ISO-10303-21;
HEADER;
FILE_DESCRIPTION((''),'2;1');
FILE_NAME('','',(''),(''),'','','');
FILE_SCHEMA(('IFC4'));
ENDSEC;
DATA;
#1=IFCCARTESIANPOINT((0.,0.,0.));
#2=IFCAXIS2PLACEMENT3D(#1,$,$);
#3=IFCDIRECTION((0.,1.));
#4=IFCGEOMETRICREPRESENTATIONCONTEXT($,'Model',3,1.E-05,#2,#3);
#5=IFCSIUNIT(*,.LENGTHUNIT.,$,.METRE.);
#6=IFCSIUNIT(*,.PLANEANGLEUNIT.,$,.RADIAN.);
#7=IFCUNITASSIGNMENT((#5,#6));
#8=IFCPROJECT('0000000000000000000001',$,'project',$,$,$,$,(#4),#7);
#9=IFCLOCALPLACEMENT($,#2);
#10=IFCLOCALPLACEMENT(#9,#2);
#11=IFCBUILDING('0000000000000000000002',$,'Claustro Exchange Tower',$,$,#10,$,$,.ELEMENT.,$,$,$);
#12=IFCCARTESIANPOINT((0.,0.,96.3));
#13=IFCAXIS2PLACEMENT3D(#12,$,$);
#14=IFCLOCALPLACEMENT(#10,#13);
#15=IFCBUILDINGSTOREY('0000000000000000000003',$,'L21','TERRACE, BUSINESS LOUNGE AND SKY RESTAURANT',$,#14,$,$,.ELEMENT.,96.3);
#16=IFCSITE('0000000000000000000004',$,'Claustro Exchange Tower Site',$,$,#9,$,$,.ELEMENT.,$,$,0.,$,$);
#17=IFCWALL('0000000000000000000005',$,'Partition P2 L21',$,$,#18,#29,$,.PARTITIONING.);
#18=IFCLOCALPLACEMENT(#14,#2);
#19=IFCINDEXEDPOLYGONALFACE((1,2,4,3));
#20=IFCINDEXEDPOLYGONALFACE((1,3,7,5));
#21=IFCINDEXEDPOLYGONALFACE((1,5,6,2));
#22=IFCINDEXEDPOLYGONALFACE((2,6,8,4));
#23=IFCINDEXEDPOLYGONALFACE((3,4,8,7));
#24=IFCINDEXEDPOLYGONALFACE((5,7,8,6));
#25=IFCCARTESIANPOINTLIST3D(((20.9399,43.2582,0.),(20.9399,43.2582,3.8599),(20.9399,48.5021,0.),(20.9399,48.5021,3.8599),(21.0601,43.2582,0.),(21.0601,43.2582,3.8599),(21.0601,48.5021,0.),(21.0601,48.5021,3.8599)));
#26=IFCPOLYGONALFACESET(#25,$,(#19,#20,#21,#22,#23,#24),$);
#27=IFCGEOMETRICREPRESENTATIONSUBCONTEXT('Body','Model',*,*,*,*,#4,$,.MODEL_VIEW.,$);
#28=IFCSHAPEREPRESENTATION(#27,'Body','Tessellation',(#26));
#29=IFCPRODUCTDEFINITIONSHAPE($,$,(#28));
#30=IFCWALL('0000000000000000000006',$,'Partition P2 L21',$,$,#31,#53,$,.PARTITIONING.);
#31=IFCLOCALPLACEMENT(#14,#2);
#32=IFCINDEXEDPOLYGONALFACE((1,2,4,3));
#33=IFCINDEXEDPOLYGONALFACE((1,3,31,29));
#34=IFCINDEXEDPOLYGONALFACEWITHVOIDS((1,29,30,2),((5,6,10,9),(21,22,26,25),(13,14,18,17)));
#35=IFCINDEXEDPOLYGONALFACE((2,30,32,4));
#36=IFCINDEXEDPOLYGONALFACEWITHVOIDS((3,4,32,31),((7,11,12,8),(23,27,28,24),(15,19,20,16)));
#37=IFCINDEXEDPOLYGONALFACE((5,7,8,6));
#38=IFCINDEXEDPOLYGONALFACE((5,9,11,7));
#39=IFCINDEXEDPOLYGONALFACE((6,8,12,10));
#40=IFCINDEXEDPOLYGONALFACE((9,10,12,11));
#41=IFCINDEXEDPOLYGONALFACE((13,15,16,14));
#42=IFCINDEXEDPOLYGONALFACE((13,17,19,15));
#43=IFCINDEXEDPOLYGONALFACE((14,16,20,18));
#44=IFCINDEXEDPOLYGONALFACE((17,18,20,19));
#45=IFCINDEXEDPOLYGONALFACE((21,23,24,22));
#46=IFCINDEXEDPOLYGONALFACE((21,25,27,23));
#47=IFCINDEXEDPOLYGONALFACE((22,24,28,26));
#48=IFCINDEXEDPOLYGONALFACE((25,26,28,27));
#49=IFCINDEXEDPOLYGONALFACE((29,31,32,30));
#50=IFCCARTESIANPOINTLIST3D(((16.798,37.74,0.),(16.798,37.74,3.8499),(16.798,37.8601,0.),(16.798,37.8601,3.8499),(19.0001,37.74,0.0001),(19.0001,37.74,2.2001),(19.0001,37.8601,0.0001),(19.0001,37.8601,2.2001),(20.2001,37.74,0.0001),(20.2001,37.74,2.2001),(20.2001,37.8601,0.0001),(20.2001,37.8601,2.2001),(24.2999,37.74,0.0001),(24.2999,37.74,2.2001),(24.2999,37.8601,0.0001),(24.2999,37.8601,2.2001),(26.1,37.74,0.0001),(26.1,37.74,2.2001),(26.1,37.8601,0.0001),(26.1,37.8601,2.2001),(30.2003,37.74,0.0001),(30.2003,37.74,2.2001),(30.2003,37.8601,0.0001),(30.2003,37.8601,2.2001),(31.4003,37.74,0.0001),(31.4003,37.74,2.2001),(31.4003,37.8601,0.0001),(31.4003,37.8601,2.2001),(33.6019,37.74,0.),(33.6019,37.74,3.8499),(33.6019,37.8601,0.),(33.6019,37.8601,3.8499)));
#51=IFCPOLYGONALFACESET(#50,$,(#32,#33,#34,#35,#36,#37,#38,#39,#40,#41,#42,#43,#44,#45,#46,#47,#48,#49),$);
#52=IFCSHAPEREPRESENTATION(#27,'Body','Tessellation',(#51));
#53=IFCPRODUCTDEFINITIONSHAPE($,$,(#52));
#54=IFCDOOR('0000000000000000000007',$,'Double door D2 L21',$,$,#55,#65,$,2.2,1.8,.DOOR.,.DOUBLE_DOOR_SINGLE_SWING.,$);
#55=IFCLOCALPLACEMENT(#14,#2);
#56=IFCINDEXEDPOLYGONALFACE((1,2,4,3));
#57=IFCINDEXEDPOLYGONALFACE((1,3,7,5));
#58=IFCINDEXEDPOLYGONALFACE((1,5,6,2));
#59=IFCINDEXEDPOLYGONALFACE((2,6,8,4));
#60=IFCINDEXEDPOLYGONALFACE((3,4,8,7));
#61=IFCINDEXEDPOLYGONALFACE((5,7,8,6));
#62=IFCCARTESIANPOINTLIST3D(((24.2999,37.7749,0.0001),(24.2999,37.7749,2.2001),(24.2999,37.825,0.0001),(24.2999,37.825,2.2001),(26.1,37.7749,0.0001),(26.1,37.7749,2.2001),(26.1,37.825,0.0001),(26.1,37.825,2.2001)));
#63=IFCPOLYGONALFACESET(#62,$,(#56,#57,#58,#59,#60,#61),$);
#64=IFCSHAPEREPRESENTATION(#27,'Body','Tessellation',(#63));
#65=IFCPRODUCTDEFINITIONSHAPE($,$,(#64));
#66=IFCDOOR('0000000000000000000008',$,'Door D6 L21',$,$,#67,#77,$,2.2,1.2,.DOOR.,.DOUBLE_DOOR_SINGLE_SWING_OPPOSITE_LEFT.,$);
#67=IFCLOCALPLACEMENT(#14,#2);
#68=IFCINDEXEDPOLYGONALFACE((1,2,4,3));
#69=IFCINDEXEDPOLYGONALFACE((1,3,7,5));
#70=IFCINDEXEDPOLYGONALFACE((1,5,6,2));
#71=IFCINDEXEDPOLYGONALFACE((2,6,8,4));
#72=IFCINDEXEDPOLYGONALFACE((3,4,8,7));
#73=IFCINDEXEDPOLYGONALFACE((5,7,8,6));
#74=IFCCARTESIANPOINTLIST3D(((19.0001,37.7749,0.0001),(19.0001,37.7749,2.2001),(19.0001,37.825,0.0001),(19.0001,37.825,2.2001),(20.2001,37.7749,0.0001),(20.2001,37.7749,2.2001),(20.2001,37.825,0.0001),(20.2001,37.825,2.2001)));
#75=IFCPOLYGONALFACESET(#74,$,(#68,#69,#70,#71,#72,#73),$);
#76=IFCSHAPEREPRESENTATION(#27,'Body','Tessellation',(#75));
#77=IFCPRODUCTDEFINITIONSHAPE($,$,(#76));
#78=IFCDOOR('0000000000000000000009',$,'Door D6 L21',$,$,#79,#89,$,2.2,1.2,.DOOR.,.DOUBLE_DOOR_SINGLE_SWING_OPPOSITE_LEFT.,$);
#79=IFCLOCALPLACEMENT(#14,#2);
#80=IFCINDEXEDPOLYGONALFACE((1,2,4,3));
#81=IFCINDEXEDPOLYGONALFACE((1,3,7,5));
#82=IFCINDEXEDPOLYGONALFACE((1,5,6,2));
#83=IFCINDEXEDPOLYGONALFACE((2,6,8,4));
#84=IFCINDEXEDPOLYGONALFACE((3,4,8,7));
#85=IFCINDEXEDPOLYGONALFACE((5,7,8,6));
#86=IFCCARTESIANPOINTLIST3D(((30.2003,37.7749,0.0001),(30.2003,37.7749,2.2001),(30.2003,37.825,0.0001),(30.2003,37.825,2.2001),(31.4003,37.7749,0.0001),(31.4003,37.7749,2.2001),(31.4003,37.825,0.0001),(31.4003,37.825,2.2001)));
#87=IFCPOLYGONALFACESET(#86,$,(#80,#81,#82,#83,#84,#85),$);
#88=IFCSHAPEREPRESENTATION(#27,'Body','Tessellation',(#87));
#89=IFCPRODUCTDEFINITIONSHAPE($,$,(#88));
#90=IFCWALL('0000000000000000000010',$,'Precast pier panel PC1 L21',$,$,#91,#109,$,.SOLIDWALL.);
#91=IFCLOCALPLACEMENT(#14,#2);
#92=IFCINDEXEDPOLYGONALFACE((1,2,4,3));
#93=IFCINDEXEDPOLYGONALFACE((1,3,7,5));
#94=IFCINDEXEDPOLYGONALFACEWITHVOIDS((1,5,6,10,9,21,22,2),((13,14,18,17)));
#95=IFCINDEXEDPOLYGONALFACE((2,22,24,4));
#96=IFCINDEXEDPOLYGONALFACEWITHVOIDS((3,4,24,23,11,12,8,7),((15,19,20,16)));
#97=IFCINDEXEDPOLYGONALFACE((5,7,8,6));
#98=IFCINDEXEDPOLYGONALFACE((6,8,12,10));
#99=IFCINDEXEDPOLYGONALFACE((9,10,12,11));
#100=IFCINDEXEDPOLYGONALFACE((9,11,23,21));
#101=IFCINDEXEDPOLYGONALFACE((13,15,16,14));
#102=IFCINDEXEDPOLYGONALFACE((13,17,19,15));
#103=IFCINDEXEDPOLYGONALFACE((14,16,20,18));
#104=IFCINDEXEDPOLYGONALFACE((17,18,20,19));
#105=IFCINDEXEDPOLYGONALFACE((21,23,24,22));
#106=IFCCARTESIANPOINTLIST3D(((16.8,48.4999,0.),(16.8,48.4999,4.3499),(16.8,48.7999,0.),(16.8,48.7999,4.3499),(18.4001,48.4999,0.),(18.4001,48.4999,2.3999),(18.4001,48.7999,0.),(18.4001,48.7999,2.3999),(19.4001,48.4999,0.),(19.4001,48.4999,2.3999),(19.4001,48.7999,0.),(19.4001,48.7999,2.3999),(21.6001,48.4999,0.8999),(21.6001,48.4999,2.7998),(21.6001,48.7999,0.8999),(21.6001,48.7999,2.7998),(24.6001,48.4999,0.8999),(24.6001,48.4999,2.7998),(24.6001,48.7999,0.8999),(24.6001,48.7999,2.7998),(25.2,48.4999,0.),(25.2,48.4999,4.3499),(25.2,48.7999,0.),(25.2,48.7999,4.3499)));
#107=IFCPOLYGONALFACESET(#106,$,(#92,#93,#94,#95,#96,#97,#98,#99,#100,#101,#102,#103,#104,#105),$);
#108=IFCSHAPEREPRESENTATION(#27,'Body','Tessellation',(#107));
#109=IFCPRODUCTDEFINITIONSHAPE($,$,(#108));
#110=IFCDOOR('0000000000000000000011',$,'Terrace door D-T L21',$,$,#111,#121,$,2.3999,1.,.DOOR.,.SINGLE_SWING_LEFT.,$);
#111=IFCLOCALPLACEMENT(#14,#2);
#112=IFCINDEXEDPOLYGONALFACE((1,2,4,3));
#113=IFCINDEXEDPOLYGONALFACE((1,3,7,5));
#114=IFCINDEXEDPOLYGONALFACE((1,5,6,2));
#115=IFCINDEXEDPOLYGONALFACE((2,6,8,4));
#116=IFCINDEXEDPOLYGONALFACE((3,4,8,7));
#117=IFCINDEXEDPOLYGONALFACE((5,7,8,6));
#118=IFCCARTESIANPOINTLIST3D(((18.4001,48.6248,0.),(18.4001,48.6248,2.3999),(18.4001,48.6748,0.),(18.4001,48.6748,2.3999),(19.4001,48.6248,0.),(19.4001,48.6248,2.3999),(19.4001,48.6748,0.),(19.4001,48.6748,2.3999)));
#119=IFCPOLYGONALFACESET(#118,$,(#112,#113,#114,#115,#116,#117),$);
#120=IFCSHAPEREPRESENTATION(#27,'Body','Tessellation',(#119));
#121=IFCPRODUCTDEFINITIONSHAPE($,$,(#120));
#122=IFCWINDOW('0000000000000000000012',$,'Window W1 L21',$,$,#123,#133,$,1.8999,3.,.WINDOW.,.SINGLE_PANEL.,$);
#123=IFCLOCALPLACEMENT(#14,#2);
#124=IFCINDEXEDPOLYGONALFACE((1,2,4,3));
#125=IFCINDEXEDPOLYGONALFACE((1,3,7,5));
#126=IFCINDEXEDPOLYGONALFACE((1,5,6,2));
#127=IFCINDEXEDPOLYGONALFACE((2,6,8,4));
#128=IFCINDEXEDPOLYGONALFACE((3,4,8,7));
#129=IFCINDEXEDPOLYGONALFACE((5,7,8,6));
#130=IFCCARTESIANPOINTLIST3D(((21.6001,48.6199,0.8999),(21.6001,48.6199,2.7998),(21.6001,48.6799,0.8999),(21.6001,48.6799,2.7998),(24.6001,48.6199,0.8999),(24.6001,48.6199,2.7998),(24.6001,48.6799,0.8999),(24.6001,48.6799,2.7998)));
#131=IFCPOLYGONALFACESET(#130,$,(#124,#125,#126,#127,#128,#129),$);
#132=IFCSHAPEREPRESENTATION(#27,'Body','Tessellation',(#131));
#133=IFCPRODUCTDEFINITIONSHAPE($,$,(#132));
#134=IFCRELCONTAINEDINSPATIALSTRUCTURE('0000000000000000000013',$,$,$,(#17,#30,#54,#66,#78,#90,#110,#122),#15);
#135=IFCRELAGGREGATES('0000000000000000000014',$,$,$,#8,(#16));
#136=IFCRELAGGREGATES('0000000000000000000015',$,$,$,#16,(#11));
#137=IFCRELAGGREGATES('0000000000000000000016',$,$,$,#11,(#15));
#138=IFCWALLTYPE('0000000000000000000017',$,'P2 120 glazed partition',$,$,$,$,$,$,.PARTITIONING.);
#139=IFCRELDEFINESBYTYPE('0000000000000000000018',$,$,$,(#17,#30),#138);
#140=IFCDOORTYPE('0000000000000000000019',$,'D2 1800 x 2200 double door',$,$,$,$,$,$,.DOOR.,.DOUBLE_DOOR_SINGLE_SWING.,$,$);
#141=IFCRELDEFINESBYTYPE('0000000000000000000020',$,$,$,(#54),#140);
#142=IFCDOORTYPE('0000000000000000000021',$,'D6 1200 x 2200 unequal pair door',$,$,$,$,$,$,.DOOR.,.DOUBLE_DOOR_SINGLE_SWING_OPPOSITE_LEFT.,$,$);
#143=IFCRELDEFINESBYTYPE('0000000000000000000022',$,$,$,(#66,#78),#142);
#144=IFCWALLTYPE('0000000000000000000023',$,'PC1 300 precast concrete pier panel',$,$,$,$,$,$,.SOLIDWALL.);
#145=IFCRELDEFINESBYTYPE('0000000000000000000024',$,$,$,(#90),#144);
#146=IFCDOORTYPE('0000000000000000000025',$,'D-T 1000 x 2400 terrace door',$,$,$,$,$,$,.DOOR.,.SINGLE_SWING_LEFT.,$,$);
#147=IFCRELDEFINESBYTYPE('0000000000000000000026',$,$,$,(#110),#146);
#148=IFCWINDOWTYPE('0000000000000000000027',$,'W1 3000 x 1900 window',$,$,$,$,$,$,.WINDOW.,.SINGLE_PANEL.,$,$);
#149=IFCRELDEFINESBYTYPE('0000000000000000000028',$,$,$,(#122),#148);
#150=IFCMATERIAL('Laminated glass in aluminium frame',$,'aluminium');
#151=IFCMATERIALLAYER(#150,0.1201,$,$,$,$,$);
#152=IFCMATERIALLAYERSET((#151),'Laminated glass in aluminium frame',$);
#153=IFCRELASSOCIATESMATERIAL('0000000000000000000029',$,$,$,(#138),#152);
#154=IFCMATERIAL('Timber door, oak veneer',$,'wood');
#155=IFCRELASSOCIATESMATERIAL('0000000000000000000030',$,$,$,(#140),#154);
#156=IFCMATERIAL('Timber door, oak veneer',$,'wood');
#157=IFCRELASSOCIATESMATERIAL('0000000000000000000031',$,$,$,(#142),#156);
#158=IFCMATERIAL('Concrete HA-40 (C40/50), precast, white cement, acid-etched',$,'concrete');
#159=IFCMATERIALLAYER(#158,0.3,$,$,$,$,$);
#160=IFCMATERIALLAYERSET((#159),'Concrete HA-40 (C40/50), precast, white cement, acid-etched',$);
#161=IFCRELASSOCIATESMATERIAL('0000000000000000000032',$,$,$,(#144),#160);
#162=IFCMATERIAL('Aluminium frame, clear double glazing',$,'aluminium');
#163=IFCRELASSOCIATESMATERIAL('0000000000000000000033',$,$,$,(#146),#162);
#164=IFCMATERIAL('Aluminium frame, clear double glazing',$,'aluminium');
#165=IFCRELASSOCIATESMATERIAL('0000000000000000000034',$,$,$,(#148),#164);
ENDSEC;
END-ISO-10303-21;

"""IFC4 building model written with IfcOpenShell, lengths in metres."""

from ifc_helpers import new_model, si_unit, direction, frame, frame_2d, origin, place, context, subcontext, project, spatial, rectangle, extrude, material, layer, layer_set, type_object, element, fill, save


model = new_model("IFC4")

# Units and contexts
model_context = context("Model", 3, precision=1e-05, world=origin(), true_north=direction((0.0, 1.0)))
body_context = subcontext(model_context, "Body", "Model", "MODEL_VIEW")
ifc_project = project(units=[si_unit("LENGTHUNIT", "METRE"), si_unit("PLANEANGLEUNIT", "RADIAN")], contexts=[model_context])

# Site, building, storey
site_placement = place(None, origin())
site = spatial("IfcSite", under=ifc_project, at=site_placement, Name="Claustro Exchange Tower Site", CompositionType="ELEMENT", RefElevation=0.0)
building_placement = place(site_placement, origin())
building = spatial("IfcBuilding", under=site, at=building_placement, Name="Claustro Exchange Tower", CompositionType="ELEMENT")
storey_placement = place(building_placement, frame((0.0, 0.0, 96.3)))
storey = spatial("IfcBuildingStorey", under=building, at=storey_placement, Name="L21", Description="TERRACE, BUSINESS LOUNGE AND SKY RESTAURANT", CompositionType="ELEMENT", Elevation=96.3)

# Shared definitions
ifc_material_1 = material(Name="Laminated glass in aluminium frame", Category="aluminium")
ifc_layer_1 = layer(ifc_material_1, 0.1201)
ifc_layer_set_1 = layer_set([ifc_layer_1], Name="Laminated glass in aluminium frame")
wall_type_1 = type_object("IfcWallType", Name="P2 120 glazed partition", PredefinedType="PARTITIONING", material=ifc_layer_set_1)
ifc_material_2 = material(Name="Timber door, oak veneer", Category="wood")
door_type_1 = type_object("IfcDoorType", Name="D2 1800 x 2200 double door", OperationType="DOUBLE_DOOR_SINGLE_SWING", PredefinedType="DOOR", material=ifc_material_2)

# Wall
wall_1_placement = place(storey_placement, frame((21.0, 43.2581, 0.0), z_axis=(0.0, 0.0, 1.0), x_axis=(0.0, 1.0, 0.0)))
element("IfcWall", 1, at=wall_1_placement, inside=storey, type_object=wall_type_1, Name="Partition P2 L21", PredefinedType="PARTITIONING", context=body_context, shape_type="SweptSolid", body=[
    extrude(rectangle(XDim=5.2439, YDim=0.1201, at=frame_2d((2.6221, 0.0))), origin(), (0.0, 0.0, 1.0), 3.8599),
])

# Wall, openings, doors
wall_2_placement = place(storey_placement, frame((16.7981, 37.8, 0.0), z_axis=(0.0, 0.0, 1.0), x_axis=(1.0, 0.0, 0.0)))
wall_2 = element("IfcWall", 2, at=wall_2_placement, inside=storey, type_object=wall_type_1, Name="Partition P2 L21", PredefinedType="PARTITIONING", context=body_context, shape_type="SweptSolid", body=[
    extrude(rectangle(XDim=16.804, YDim=0.1201, at=frame_2d((8.4019, 0.0))), origin(), (0.0, 0.0, 1.0), 3.8499),
])
opening_1_placement = place(wall_2_placement, frame((2.2019, 0.0, 0.0)))
opening_1 = element("IfcOpeningElement", 3, at=opening_1_placement, cuts=wall_2, PredefinedType="OPENING", context=body_context, shape_type="SweptSolid", body=[
    extrude(rectangle(XDim=1.2, YDim=2.2, at=frame_2d((0.6001, 1.1001))), frame((0.0, 0.0701, 0.0), z_axis=(0.0, -1.0, 0.0), x_axis=(1.0, 0.0, 0.0)), (0.0, 0.0, 1.0), 0.1401),
])
opening_2_placement = place(wall_2_placement, frame((7.502, 0.0, 0.0)))
opening_2 = element("IfcOpeningElement", 4, at=opening_2_placement, cuts=wall_2, PredefinedType="OPENING", context=body_context, shape_type="SweptSolid", body=[
    extrude(rectangle(XDim=1.8, YDim=2.2, at=frame_2d((0.8999, 1.1001))), frame((0.0, 0.0701, 0.0), z_axis=(0.0, -1.0, 0.0), x_axis=(1.0, 0.0, 0.0)), (0.0, 0.0, 1.0), 0.1401),
])
opening_3_placement = place(wall_2_placement, frame((13.4021, 0.0, 0.0)))
opening_3 = element("IfcOpeningElement", 5, at=opening_3_placement, cuts=wall_2, PredefinedType="OPENING", context=body_context, shape_type="SweptSolid", body=[
    extrude(rectangle(XDim=1.2, YDim=2.2, at=frame_2d((0.6001, 1.1001))), frame((0.0, 0.0701, 0.0), z_axis=(0.0, -1.0, 0.0), x_axis=(1.0, 0.0, 0.0)), (0.0, 0.0, 1.0), 0.1401),
])
door_1_placement = place(opening_2_placement, origin())
door_1 = element("IfcDoor", 6, at=door_1_placement, inside=storey, type_object=door_type_1, Name="Double door D2 L21", OperationType="DOUBLE_DOOR_SINGLE_SWING", OverallHeight=2.2, OverallWidth=1.8, PredefinedType="DOOR", context=body_context, shape_type="SweptSolid", body=[
    extrude(rectangle(XDim=1.8, YDim=2.2, at=frame_2d((0.8999, 1.1001))), frame((0.0, 0.0249, 0.0), z_axis=(0.0, -1.0, 0.0), x_axis=(1.0, 0.0, 0.0)), (0.0, 0.0, 1.0), 0.05),
])
fill(opening_2, door_1)
ifc_material_3 = material(Name="Timber door, oak veneer", Category="wood")
door_type_2 = type_object("IfcDoorType", Name="D6 1200 x 2200 unequal pair door", OperationType="DOUBLE_DOOR_SINGLE_SWING_OPPOSITE_LEFT", PredefinedType="DOOR", material=ifc_material_3)
door_2_placement = place(opening_1_placement, origin())
door_2 = element("IfcDoor", 7, at=door_2_placement, inside=storey, type_object=door_type_2, Name="Door D6 L21", OperationType="DOUBLE_DOOR_SINGLE_SWING_OPPOSITE_LEFT", OverallHeight=2.2, OverallWidth=1.2, PredefinedType="DOOR", context=body_context, shape_type="SweptSolid", body=[
    extrude(rectangle(XDim=1.2, YDim=2.2, at=frame_2d((0.6001, 1.1001))), frame((0.0, 0.0249, 0.0), z_axis=(0.0, -1.0, 0.0), x_axis=(1.0, 0.0, 0.0)), (0.0, 0.0, 1.0), 0.05),
])
fill(opening_1, door_2)
door_3_placement = place(opening_3_placement, origin())
door_3 = element("IfcDoor", 8, at=door_3_placement, inside=storey, type_object=door_type_2, Name="Door D6 L21", OperationType="DOUBLE_DOOR_SINGLE_SWING_OPPOSITE_LEFT", OverallHeight=2.2, OverallWidth=1.2, PredefinedType="DOOR", context=body_context, shape_type="SweptSolid", body=[
    extrude(rectangle(XDim=1.2, YDim=2.2, at=frame_2d((0.6001, 1.1001))), frame((0.0, 0.0249, 0.0), z_axis=(0.0, -1.0, 0.0), x_axis=(1.0, 0.0, 0.0)), (0.0, 0.0, 1.0), 0.05),
])
fill(opening_3, door_3)

# Wall, openings, door, window
ifc_material_4 = material(Name="Concrete HA-40 (C40/50), precast, white cement, acid-etched", Category="concrete")
ifc_layer_2 = layer(ifc_material_4, 0.3)
ifc_layer_set_2 = layer_set([ifc_layer_2], Name="Concrete HA-40 (C40/50), precast, white cement, acid-etched")
wall_type_2 = type_object("IfcWallType", Name="PC1 300 precast concrete pier panel", PredefinedType="SOLIDWALL", material=ifc_layer_set_2)
wall_3_placement = place(storey_placement, frame((16.8, 48.6499, 0.0), z_axis=(0.0, 0.0, 1.0), x_axis=(1.0, 0.0, 0.0)))
wall_3 = element("IfcWall", 9, at=wall_3_placement, inside=storey, type_object=wall_type_2, Name="Precast pier panel PC1 L21", PredefinedType="SOLIDWALL", context=body_context, shape_type="SweptSolid", body=[
    extrude(rectangle(XDim=8.3999, YDim=0.3, at=frame_2d((4.2, 0.0))), origin(), (0.0, 0.0, 1.0), 4.3499),
])
opening_4_placement = place(wall_3_placement, frame((4.8, 0.0, 0.8999)))
opening_4 = element("IfcOpeningElement", 10, at=opening_4_placement, cuts=wall_3, PredefinedType="OPENING", context=body_context, shape_type="SweptSolid", body=[
    extrude(rectangle(XDim=3.0, YDim=1.8999, at=frame_2d((1.5, 0.95))), frame((0.0, 0.1599, 0.0), z_axis=(0.0, -1.0, 0.0), x_axis=(1.0, 0.0, 0.0)), (0.0, 0.0, 1.0), 0.3201),
])
opening_5_placement = place(wall_3_placement, frame((1.6001, 0.0, 0.0)))
opening_5 = element("IfcOpeningElement", 11, at=opening_5_placement, cuts=wall_3, PredefinedType="OPENING", context=body_context, shape_type="SweptSolid", body=[
    extrude(rectangle(XDim=1.0, YDim=2.3999, at=frame_2d((0.5, 1.2))), frame((0.0, 0.1599, 0.0), z_axis=(0.0, -1.0, 0.0), x_axis=(1.0, 0.0, 0.0)), (0.0, 0.0, 1.0), 0.3201),
])
ifc_material_5 = material(Name="Aluminium frame, clear double glazing", Category="aluminium")
door_type_3 = type_object("IfcDoorType", Name="D-T 1000 x 2400 terrace door", OperationType="SINGLE_SWING_LEFT", PredefinedType="DOOR", material=ifc_material_5)
door_4_placement = place(opening_5_placement, origin())
door_4 = element("IfcDoor", 12, at=door_4_placement, inside=storey, type_object=door_type_3, Name="Terrace door D-T L21", OperationType="SINGLE_SWING_LEFT", OverallHeight=2.3999, OverallWidth=1.0, PredefinedType="DOOR", context=body_context, shape_type="SweptSolid", body=[
    extrude(rectangle(XDim=1.0, YDim=2.3999, at=frame_2d((0.5, 1.2))), frame((0.0, 0.0249, 0.0), z_axis=(0.0, -1.0, 0.0), x_axis=(1.0, 0.0, 0.0)), (0.0, 0.0, 1.0), 0.05),
])
fill(opening_5, door_4)
ifc_material_6 = material(Name="Aluminium frame, clear double glazing", Category="aluminium")
window_type = type_object("IfcWindowType", Name="W1 3000 x 1900 window", PartitioningType="SINGLE_PANEL", PredefinedType="WINDOW", material=ifc_material_6)
window_placement = place(opening_4_placement, origin())
window = element("IfcWindow", 13, at=window_placement, inside=storey, type_object=window_type, Name="Window W1 L21", OverallHeight=1.8999, OverallWidth=3.0, PartitioningType="SINGLE_PANEL", PredefinedType="WINDOW", context=body_context, shape_type="SweptSolid", body=[
    extrude(rectangle(XDim=3.0, YDim=1.8999, at=frame_2d((1.5, 0.95))), frame((0.0, 0.03, 0.0), z_axis=(0.0, -1.0, 0.0), x_axis=(1.0, 0.0, 0.0)), (0.0, 0.0, 1.0), 0.0601),
])
fill(opening_4, window)

save(model, "model.ifc")
